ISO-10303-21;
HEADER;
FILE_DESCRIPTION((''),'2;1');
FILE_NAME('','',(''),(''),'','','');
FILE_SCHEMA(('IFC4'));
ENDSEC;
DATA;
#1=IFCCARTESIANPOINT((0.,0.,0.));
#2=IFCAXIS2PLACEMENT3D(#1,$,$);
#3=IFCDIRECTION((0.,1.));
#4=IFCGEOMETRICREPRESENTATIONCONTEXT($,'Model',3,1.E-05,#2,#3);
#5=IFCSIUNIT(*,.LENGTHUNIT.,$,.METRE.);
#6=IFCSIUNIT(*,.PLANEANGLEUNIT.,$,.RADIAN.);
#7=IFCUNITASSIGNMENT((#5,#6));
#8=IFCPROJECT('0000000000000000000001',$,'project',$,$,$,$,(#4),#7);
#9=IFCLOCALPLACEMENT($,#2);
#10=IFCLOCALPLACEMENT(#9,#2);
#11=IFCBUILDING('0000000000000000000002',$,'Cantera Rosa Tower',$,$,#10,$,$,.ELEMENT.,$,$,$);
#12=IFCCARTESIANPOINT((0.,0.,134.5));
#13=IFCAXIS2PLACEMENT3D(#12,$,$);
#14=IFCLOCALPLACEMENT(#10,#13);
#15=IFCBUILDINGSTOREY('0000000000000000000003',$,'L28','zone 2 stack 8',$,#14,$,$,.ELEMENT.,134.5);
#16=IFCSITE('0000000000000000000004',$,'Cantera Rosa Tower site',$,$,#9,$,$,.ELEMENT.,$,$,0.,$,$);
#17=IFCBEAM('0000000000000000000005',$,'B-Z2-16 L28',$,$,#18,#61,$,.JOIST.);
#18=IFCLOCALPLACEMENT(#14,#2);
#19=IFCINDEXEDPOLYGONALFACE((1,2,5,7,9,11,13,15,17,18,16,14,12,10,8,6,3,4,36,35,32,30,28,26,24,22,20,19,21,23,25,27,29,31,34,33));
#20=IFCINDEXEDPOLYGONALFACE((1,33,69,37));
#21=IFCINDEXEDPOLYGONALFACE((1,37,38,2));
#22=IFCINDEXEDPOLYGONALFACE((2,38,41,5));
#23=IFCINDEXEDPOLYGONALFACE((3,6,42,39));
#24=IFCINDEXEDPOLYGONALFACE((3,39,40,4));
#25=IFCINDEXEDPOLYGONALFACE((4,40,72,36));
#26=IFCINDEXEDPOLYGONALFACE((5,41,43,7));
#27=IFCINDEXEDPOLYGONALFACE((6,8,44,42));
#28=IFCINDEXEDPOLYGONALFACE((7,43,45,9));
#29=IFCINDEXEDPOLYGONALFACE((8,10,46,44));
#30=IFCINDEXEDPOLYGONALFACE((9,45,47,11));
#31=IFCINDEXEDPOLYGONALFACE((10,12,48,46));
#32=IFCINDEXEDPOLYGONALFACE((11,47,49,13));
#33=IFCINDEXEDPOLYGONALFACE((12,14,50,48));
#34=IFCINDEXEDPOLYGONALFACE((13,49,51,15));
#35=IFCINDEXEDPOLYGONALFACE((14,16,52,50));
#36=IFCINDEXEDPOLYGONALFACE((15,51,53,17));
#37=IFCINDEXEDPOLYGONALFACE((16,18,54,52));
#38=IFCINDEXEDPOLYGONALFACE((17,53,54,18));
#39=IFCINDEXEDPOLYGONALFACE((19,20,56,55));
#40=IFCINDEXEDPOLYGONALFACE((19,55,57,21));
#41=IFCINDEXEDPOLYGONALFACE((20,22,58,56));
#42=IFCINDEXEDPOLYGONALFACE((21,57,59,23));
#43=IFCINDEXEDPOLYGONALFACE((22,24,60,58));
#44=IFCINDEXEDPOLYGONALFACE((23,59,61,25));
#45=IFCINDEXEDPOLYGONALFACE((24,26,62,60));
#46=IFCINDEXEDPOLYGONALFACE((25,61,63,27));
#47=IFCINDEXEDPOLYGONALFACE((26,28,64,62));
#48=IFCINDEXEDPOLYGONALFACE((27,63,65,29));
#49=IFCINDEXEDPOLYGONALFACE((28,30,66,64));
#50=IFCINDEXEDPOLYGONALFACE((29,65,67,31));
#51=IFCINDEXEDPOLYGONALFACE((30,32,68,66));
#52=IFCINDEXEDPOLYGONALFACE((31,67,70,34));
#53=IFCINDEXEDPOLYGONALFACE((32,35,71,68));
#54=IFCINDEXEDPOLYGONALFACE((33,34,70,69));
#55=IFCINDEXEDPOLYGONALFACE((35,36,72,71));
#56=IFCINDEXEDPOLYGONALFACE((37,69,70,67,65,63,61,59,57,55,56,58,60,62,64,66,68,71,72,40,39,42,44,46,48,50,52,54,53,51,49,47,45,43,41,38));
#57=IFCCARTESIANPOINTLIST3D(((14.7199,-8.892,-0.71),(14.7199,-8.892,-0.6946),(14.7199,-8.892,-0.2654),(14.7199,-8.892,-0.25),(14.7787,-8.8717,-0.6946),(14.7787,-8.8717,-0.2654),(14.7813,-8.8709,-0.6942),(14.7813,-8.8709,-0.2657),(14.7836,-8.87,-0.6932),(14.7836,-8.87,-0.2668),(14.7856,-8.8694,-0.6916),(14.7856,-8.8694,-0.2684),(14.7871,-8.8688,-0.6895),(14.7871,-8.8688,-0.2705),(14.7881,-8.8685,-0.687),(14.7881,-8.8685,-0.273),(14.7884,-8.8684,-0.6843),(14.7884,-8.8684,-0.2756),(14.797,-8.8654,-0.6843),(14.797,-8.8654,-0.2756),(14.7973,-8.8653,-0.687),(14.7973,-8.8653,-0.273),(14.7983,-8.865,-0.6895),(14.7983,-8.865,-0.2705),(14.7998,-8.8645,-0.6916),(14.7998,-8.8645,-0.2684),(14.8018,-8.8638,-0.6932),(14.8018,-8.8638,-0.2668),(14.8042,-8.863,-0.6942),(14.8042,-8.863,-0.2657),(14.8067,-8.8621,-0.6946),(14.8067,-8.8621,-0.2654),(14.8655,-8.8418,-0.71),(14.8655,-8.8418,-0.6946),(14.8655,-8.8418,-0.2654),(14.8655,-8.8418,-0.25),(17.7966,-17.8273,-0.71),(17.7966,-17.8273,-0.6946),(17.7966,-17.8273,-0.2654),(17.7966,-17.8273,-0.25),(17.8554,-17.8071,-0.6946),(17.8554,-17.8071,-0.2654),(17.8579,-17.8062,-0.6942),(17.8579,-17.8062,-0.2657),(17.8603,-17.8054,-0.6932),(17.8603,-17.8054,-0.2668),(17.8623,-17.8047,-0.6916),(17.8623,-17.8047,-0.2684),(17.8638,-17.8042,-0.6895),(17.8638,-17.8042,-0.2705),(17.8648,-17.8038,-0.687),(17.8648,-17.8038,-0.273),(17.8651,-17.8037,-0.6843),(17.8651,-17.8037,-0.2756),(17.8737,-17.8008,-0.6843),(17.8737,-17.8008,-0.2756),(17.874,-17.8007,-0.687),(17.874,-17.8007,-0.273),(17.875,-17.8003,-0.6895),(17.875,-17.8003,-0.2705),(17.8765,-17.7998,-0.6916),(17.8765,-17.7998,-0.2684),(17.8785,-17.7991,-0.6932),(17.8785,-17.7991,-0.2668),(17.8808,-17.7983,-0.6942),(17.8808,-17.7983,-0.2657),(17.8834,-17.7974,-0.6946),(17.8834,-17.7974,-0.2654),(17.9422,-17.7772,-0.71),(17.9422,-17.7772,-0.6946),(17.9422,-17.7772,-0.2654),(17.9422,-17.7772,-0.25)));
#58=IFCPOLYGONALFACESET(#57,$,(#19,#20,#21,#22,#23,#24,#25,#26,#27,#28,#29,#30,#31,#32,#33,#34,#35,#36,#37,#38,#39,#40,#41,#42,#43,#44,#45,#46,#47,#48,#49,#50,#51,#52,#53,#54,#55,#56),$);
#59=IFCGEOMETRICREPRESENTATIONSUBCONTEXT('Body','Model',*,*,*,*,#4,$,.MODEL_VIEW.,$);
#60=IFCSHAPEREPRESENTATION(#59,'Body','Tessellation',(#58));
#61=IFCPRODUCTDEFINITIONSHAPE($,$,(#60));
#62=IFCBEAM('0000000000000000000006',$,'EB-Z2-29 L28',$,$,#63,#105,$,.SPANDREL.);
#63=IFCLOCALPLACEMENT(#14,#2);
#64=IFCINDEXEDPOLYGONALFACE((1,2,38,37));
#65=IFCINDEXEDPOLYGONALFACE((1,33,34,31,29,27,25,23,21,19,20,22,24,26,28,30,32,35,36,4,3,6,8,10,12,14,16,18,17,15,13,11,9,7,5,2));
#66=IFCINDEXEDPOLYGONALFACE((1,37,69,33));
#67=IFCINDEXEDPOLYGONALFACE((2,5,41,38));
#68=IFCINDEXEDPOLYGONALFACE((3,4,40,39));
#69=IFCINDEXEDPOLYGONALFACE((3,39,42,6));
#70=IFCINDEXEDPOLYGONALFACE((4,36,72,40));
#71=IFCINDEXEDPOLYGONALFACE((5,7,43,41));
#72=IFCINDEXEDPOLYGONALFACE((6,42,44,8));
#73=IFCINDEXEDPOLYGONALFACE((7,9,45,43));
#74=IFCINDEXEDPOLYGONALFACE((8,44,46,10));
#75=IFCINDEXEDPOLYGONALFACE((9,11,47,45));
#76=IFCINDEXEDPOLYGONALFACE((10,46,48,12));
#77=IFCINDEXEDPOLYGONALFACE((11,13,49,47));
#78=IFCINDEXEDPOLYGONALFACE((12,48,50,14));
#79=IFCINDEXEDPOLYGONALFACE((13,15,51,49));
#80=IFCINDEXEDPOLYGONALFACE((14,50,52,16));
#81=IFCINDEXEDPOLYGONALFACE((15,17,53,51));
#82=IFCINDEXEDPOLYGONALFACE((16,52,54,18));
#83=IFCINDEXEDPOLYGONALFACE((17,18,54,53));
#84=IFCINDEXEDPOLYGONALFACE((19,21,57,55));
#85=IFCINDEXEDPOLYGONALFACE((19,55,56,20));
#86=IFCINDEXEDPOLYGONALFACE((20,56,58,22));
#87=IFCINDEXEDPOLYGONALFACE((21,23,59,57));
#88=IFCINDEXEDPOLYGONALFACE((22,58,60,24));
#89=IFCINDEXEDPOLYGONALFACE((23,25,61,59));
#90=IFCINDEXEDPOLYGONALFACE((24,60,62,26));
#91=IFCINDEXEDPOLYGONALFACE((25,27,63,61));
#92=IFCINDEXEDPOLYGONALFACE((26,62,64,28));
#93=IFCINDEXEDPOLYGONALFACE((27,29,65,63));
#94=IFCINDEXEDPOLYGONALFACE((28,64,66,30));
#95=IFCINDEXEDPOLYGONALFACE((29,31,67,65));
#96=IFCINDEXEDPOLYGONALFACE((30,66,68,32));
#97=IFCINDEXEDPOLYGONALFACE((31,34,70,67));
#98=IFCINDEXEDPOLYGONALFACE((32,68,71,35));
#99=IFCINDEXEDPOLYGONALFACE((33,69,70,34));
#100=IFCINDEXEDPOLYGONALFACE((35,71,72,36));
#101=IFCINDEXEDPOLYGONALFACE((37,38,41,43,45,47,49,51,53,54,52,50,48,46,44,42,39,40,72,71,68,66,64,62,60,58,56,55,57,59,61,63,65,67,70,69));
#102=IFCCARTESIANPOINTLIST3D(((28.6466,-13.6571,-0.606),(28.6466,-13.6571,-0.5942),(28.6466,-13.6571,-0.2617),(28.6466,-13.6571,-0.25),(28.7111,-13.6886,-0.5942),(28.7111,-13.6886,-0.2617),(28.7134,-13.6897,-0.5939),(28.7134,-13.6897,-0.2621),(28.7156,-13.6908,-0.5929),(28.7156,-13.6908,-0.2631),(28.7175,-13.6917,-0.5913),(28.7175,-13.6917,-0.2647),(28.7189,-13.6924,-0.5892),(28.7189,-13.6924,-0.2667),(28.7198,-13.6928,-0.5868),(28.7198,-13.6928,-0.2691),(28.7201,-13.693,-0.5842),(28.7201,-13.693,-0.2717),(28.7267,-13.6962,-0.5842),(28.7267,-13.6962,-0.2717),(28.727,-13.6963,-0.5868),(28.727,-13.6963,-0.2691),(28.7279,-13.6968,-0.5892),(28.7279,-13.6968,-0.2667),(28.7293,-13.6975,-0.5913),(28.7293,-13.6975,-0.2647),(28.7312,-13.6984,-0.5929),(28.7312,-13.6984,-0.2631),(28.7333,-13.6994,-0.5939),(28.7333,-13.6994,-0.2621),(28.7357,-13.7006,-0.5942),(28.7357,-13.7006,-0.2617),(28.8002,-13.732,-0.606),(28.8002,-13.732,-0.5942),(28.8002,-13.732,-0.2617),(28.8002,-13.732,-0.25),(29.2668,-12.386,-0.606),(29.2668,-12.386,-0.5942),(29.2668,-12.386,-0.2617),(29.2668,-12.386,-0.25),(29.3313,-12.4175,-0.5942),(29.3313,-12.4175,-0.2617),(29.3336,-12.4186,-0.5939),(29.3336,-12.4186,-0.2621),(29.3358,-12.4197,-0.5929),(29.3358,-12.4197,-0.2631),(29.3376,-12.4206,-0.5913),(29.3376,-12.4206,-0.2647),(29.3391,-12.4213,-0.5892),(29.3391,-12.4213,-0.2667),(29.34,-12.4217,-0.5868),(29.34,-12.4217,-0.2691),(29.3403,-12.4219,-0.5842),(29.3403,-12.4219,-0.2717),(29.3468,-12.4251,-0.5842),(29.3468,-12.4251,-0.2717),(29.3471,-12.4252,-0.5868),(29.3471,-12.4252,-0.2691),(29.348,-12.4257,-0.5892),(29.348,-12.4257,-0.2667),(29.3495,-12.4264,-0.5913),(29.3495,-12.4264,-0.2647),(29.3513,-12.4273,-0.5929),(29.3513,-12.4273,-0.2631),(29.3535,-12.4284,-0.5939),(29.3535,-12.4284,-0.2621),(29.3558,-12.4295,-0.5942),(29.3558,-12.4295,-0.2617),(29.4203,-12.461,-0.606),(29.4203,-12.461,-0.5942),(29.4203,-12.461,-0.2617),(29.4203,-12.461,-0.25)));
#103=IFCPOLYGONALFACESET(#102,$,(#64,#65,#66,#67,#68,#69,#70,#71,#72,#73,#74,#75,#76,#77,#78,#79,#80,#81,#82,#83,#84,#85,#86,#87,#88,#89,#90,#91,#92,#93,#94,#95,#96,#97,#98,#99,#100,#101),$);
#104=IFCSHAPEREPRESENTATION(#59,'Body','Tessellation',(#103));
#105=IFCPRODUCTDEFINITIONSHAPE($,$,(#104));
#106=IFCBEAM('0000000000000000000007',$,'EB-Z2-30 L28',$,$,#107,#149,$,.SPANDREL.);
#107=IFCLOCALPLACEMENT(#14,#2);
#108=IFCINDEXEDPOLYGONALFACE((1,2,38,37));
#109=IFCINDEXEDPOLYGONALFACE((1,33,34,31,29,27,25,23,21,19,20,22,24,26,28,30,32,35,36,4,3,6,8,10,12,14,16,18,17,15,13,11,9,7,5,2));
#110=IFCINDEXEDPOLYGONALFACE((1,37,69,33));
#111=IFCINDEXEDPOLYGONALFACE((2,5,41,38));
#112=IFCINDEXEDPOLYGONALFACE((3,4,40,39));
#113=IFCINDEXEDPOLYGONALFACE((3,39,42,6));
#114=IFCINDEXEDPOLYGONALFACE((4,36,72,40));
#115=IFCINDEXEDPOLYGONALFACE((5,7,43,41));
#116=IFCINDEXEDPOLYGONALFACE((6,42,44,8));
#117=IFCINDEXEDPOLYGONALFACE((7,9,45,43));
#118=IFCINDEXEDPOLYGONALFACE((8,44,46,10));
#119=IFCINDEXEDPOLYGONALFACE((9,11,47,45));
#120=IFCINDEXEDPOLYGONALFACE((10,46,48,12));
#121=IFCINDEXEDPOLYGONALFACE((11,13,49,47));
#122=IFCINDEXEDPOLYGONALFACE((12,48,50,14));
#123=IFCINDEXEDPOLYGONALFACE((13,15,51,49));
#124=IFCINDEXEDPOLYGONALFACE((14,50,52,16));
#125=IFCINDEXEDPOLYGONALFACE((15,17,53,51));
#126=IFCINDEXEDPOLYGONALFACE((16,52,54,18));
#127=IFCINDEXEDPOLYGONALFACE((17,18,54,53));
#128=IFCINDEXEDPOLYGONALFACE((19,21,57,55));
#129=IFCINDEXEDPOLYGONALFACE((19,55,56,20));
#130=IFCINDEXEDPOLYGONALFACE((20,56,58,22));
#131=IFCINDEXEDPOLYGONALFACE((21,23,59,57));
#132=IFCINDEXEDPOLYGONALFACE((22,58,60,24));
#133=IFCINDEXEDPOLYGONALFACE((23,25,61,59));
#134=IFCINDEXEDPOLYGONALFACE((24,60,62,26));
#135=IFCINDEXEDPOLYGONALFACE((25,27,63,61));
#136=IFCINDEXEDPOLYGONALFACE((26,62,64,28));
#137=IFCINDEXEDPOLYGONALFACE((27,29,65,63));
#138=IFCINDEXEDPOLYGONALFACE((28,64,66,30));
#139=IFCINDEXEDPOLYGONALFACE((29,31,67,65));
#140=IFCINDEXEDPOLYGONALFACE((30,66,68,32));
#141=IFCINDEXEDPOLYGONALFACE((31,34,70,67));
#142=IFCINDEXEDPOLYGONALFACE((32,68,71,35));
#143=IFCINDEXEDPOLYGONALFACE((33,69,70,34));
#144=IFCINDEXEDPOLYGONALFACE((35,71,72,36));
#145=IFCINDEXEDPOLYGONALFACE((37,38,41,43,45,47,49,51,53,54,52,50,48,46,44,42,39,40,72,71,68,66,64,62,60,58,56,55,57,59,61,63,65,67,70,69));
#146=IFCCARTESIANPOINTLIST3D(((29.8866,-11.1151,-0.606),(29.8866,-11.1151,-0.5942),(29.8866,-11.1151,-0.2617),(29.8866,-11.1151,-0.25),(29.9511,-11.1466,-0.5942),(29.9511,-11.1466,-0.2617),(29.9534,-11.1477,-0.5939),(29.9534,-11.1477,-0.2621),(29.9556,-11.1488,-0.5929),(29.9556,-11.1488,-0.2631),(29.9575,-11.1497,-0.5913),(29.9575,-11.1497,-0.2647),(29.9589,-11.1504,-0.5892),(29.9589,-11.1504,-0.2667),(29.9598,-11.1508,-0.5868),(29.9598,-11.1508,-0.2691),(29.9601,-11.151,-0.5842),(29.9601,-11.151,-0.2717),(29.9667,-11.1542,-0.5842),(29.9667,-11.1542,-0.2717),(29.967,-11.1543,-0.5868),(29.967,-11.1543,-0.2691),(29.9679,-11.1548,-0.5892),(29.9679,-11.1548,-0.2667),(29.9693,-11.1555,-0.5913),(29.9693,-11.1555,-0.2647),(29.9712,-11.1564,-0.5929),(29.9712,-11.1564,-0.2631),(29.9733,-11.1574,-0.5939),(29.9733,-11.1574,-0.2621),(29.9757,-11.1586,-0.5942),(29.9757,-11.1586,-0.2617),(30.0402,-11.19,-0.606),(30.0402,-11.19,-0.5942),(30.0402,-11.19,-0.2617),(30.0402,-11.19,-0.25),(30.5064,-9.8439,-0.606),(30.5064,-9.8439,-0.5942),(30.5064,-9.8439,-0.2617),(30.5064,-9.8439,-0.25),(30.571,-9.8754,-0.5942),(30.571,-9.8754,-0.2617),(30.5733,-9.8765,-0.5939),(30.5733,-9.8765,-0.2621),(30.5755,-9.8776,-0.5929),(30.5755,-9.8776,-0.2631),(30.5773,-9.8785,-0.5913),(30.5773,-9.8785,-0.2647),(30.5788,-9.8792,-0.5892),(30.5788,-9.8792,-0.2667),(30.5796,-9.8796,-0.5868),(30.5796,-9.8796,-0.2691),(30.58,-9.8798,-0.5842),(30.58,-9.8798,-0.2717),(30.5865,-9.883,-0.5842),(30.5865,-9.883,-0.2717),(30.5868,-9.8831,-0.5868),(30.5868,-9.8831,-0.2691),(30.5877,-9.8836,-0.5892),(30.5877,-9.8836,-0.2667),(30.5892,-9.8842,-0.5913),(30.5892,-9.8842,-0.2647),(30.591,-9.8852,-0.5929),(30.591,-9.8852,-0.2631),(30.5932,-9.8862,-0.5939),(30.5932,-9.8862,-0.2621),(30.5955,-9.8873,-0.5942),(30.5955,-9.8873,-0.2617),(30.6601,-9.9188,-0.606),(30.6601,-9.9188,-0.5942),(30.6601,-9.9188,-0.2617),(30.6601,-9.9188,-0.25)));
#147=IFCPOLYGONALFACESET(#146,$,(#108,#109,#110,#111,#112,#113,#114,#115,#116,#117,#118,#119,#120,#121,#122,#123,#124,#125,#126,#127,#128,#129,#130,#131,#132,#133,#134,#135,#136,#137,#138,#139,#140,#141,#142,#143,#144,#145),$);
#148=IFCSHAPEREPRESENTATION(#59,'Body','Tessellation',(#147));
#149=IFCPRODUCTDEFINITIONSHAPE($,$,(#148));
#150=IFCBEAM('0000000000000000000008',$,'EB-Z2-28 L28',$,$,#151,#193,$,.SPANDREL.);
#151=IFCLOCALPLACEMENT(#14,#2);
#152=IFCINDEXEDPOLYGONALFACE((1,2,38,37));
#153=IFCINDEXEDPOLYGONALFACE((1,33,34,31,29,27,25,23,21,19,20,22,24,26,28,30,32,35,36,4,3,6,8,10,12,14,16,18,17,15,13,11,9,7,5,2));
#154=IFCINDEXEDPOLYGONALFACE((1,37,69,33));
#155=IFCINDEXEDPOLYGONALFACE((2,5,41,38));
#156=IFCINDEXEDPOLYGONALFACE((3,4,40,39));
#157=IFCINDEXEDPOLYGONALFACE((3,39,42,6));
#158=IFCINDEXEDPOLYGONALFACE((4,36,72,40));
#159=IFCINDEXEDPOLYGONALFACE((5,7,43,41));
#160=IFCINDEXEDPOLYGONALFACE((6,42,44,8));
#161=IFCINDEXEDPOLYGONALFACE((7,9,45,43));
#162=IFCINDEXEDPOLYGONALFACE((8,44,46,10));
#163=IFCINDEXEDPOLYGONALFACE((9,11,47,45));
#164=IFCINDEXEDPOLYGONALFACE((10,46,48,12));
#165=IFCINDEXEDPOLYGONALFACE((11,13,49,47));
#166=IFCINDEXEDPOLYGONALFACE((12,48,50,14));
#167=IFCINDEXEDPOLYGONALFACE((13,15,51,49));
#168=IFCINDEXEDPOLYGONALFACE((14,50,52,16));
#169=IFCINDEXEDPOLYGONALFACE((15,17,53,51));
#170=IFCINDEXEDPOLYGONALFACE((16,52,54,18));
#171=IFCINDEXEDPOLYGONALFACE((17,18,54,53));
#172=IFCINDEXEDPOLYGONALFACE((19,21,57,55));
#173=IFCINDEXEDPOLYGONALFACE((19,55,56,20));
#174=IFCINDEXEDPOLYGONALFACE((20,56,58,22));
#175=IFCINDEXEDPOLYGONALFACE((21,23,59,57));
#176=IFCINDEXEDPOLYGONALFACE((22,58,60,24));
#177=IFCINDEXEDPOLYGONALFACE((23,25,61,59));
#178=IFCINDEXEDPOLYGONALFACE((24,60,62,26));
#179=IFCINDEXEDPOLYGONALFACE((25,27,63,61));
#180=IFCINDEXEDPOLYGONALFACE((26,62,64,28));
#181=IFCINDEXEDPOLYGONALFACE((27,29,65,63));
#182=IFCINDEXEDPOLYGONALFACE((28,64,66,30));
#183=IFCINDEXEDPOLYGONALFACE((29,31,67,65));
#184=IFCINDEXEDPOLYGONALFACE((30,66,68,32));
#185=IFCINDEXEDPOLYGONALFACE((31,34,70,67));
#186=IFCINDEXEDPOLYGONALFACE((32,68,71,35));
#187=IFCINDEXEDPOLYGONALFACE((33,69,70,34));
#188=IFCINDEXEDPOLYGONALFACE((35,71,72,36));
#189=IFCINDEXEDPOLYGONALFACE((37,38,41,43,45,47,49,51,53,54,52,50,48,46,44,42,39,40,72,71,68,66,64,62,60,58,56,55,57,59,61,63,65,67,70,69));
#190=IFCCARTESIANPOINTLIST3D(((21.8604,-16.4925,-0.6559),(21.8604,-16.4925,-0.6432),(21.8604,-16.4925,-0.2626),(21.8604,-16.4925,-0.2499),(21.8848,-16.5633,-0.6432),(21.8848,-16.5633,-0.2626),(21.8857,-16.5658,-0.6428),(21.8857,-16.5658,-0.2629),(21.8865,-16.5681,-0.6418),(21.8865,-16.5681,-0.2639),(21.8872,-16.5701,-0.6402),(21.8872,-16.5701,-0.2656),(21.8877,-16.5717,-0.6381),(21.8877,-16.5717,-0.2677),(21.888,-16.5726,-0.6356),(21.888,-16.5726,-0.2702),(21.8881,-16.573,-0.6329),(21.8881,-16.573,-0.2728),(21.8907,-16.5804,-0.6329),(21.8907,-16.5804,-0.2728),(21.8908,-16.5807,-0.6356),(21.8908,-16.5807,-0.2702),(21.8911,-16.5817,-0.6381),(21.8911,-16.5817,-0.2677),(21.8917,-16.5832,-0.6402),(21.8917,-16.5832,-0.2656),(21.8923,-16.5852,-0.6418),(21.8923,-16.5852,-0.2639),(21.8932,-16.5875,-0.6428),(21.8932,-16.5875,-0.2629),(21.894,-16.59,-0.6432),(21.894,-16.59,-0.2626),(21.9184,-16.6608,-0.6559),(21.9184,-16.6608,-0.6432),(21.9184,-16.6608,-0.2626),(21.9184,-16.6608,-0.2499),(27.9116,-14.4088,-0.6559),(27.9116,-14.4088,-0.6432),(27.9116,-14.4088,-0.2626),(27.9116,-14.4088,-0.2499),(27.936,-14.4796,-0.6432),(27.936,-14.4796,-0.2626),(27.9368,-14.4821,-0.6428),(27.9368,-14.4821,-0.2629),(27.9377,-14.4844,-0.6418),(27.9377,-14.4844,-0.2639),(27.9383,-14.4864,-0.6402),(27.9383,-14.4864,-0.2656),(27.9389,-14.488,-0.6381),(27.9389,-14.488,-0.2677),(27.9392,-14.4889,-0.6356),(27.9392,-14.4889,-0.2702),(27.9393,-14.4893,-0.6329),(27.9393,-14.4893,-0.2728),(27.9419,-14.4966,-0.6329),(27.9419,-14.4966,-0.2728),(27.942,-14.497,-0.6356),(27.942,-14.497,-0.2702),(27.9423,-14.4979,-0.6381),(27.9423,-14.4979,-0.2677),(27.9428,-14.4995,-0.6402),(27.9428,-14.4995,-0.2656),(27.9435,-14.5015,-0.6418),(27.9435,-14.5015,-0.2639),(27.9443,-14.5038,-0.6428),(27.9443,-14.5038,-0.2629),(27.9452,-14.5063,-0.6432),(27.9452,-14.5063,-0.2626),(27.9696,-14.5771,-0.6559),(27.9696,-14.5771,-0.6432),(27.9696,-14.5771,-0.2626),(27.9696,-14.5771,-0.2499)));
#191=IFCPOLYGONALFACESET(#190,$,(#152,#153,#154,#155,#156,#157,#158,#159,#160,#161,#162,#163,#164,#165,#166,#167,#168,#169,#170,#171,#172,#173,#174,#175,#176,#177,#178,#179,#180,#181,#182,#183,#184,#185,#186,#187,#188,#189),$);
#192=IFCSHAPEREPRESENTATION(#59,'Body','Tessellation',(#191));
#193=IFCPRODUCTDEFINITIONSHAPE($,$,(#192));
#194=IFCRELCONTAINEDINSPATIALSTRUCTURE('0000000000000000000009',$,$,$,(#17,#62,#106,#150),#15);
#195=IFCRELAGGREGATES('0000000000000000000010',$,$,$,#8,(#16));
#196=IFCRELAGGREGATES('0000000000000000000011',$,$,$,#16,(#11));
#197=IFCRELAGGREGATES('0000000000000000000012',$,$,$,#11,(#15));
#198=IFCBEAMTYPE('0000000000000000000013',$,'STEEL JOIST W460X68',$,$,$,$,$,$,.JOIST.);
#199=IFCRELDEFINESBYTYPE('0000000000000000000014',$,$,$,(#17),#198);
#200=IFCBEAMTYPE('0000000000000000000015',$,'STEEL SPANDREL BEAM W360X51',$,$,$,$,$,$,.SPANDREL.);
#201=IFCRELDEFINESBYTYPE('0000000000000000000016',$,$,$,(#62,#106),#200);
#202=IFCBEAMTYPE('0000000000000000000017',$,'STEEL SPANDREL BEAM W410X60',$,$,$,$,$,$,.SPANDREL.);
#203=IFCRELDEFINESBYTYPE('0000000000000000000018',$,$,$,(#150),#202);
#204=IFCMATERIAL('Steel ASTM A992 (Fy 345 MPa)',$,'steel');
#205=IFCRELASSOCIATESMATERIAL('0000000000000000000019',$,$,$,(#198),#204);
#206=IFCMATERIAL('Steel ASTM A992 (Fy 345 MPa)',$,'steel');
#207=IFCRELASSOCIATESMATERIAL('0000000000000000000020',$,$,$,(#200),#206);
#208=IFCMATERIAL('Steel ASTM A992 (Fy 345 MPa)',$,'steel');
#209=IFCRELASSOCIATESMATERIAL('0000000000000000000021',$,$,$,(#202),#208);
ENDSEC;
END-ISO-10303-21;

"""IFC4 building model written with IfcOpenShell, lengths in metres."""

from ifc_helpers import new_model, si_unit, direction, frame, origin, origin_2d, place, context, subcontext, project, spatial, i_section, extrude, material, material_profile, profile_set, type_object, element, save


model = new_model("IFC4")

# Units and contexts
model_context = context("Model", 3, precision=1e-05, world=origin(), true_north=direction((0.0, 1.0)))
body_context = subcontext(model_context, "Body", "Model", "MODEL_VIEW")
ifc_project = project(units=[si_unit("LENGTHUNIT", "METRE"), si_unit("PLANEANGLEUNIT", "RADIAN")], contexts=[model_context])

# Site, building, storey
site_placement = place(None, origin())
site = spatial("IfcSite", under=ifc_project, at=site_placement, Name="Cantera Rosa Tower site", CompositionType="ELEMENT", RefElevation=0.0)
building_placement = place(site_placement, origin())
building = spatial("IfcBuilding", under=site, at=building_placement, Name="Cantera Rosa Tower", CompositionType="ELEMENT")
storey_placement = place(building_placement, frame((0.0, 0.0, 134.5)))
storey = spatial("IfcBuildingStorey", under=building, at=storey_placement, Name="L28", Description="zone 2 stack 8", CompositionType="ELEMENT", Elevation=134.5)

# Beams
ifc_material_1 = material(Name="Steel ASTM A992 (Fy 345 MPa)", Category="steel")
ifc_material_profile_1 = material_profile(ifc_material_1, i_section(OverallWidth=0.1541, OverallDepth=0.46, WebThickness=0.009, FlangeThickness=0.0154, FilletRadius=0.0103, at=origin_2d()), Name="W460X68")
ifc_profile_set_1 = profile_set([ifc_material_profile_1], Name="Steel ASTM A992 (Fy 345 MPa)")
beam_type_1 = type_object("IfcBeamType", Name="STEEL JOIST W460X68", PredefinedType="JOIST", material=ifc_profile_set_1)
beam_1_placement = place(storey_placement, frame((17.8694, -17.8022, -0.48), z_axis=(-0.325567, 0.945519, 0.0), x_axis=(-0.945519, -0.325567, 0.0)))
element("IfcBeam", 1, at=beam_1_placement, inside=storey, type_object=beam_type_1, Name="B-Z2-16 L28", PredefinedType="JOIST", context=body_context, shape_type="SweptSolid", body=[
    extrude(i_section(OverallWidth=0.1541, OverallDepth=0.46, WebThickness=0.009, FlangeThickness=0.0154, FilletRadius=0.0103, at=origin_2d()), origin(), (0.0, 0.0, 1.0), 9.4502),
])
ifc_material_2 = material(Name="Steel ASTM A992 (Fy 345 MPa)", Category="steel")
ifc_material_profile_2 = material_profile(ifc_material_2, i_section(OverallWidth=0.1709, OverallDepth=0.356, WebThickness=0.0073, FlangeThickness=0.0117, FilletRadius=0.01, at=origin_2d()), Name="W360X51")
ifc_profile_set_2 = profile_set([ifc_material_profile_2], Name="Steel ASTM A992 (Fy 345 MPa)")
beam_type_2 = type_object("IfcBeamType", Name="STEEL SPANDREL BEAM W360X51", PredefinedType="SPANDREL", material=ifc_profile_set_2)
for number, where, z_axis, x_axis, name in (
    (2, (28.7234, -13.6946, -0.428), (0.438492, 0.898735, 0.0), (-0.898735, 0.438492, 0.0), "EB-Z2-29 L28"),
    (3, (29.9634, -11.1526, -0.428), (0.438284, 0.898836, 0.0), (-0.898836, 0.438284, 0.0), "EB-Z2-30 L28"),
):
    element("IfcBeam", number, at=place(storey_placement, frame(where, z_axis=z_axis, x_axis=x_axis)), inside=storey, type_object=beam_type_2, Name=name, PredefinedType="SPANDREL", context=body_context, shape_type="SweptSolid", body=[
        extrude(i_section(OverallWidth=0.1709, OverallDepth=0.356, WebThickness=0.0073, FlangeThickness=0.0117, FilletRadius=0.01, at=origin_2d()), origin(), (0.0, 0.0, 1.0), 1.4143),
    ])
ifc_material_3 = material(Name="Steel ASTM A992 (Fy 345 MPa)", Category="steel")
ifc_material_profile_3 = material_profile(ifc_material_3, i_section(OverallWidth=0.178, OverallDepth=0.406, WebThickness=0.0078, FlangeThickness=0.0127, FilletRadius=0.0103, at=origin_2d()), Name="W410X60")
ifc_profile_set_3 = profile_set([ifc_material_profile_3], Name="Steel ASTM A992 (Fy 345 MPa)")
beam_type_3 = type_object("IfcBeamType", Name="STEEL SPANDREL BEAM W410X60", PredefinedType="SPANDREL", material=ifc_profile_set_3)
beam_2_placement = place(storey_placement, frame((21.8894, -16.5767, -0.4529), z_axis=(0.945513, 0.325585, 0.0), x_axis=(-0.325585, 0.945513, 0.0)))
element("IfcBeam", 4, at=beam_2_placement, inside=storey, type_object=beam_type_3, Name="EB-Z2-28 L28", PredefinedType="SPANDREL", context=body_context, shape_type="SweptSolid", body=[
    extrude(i_section(OverallWidth=0.178, OverallDepth=0.406, WebThickness=0.0078, FlangeThickness=0.0127, FilletRadius=0.0103, at=origin_2d()), origin(), (0.0, 0.0, 1.0), 6.3999),
])

save(model, "model.ifc")
